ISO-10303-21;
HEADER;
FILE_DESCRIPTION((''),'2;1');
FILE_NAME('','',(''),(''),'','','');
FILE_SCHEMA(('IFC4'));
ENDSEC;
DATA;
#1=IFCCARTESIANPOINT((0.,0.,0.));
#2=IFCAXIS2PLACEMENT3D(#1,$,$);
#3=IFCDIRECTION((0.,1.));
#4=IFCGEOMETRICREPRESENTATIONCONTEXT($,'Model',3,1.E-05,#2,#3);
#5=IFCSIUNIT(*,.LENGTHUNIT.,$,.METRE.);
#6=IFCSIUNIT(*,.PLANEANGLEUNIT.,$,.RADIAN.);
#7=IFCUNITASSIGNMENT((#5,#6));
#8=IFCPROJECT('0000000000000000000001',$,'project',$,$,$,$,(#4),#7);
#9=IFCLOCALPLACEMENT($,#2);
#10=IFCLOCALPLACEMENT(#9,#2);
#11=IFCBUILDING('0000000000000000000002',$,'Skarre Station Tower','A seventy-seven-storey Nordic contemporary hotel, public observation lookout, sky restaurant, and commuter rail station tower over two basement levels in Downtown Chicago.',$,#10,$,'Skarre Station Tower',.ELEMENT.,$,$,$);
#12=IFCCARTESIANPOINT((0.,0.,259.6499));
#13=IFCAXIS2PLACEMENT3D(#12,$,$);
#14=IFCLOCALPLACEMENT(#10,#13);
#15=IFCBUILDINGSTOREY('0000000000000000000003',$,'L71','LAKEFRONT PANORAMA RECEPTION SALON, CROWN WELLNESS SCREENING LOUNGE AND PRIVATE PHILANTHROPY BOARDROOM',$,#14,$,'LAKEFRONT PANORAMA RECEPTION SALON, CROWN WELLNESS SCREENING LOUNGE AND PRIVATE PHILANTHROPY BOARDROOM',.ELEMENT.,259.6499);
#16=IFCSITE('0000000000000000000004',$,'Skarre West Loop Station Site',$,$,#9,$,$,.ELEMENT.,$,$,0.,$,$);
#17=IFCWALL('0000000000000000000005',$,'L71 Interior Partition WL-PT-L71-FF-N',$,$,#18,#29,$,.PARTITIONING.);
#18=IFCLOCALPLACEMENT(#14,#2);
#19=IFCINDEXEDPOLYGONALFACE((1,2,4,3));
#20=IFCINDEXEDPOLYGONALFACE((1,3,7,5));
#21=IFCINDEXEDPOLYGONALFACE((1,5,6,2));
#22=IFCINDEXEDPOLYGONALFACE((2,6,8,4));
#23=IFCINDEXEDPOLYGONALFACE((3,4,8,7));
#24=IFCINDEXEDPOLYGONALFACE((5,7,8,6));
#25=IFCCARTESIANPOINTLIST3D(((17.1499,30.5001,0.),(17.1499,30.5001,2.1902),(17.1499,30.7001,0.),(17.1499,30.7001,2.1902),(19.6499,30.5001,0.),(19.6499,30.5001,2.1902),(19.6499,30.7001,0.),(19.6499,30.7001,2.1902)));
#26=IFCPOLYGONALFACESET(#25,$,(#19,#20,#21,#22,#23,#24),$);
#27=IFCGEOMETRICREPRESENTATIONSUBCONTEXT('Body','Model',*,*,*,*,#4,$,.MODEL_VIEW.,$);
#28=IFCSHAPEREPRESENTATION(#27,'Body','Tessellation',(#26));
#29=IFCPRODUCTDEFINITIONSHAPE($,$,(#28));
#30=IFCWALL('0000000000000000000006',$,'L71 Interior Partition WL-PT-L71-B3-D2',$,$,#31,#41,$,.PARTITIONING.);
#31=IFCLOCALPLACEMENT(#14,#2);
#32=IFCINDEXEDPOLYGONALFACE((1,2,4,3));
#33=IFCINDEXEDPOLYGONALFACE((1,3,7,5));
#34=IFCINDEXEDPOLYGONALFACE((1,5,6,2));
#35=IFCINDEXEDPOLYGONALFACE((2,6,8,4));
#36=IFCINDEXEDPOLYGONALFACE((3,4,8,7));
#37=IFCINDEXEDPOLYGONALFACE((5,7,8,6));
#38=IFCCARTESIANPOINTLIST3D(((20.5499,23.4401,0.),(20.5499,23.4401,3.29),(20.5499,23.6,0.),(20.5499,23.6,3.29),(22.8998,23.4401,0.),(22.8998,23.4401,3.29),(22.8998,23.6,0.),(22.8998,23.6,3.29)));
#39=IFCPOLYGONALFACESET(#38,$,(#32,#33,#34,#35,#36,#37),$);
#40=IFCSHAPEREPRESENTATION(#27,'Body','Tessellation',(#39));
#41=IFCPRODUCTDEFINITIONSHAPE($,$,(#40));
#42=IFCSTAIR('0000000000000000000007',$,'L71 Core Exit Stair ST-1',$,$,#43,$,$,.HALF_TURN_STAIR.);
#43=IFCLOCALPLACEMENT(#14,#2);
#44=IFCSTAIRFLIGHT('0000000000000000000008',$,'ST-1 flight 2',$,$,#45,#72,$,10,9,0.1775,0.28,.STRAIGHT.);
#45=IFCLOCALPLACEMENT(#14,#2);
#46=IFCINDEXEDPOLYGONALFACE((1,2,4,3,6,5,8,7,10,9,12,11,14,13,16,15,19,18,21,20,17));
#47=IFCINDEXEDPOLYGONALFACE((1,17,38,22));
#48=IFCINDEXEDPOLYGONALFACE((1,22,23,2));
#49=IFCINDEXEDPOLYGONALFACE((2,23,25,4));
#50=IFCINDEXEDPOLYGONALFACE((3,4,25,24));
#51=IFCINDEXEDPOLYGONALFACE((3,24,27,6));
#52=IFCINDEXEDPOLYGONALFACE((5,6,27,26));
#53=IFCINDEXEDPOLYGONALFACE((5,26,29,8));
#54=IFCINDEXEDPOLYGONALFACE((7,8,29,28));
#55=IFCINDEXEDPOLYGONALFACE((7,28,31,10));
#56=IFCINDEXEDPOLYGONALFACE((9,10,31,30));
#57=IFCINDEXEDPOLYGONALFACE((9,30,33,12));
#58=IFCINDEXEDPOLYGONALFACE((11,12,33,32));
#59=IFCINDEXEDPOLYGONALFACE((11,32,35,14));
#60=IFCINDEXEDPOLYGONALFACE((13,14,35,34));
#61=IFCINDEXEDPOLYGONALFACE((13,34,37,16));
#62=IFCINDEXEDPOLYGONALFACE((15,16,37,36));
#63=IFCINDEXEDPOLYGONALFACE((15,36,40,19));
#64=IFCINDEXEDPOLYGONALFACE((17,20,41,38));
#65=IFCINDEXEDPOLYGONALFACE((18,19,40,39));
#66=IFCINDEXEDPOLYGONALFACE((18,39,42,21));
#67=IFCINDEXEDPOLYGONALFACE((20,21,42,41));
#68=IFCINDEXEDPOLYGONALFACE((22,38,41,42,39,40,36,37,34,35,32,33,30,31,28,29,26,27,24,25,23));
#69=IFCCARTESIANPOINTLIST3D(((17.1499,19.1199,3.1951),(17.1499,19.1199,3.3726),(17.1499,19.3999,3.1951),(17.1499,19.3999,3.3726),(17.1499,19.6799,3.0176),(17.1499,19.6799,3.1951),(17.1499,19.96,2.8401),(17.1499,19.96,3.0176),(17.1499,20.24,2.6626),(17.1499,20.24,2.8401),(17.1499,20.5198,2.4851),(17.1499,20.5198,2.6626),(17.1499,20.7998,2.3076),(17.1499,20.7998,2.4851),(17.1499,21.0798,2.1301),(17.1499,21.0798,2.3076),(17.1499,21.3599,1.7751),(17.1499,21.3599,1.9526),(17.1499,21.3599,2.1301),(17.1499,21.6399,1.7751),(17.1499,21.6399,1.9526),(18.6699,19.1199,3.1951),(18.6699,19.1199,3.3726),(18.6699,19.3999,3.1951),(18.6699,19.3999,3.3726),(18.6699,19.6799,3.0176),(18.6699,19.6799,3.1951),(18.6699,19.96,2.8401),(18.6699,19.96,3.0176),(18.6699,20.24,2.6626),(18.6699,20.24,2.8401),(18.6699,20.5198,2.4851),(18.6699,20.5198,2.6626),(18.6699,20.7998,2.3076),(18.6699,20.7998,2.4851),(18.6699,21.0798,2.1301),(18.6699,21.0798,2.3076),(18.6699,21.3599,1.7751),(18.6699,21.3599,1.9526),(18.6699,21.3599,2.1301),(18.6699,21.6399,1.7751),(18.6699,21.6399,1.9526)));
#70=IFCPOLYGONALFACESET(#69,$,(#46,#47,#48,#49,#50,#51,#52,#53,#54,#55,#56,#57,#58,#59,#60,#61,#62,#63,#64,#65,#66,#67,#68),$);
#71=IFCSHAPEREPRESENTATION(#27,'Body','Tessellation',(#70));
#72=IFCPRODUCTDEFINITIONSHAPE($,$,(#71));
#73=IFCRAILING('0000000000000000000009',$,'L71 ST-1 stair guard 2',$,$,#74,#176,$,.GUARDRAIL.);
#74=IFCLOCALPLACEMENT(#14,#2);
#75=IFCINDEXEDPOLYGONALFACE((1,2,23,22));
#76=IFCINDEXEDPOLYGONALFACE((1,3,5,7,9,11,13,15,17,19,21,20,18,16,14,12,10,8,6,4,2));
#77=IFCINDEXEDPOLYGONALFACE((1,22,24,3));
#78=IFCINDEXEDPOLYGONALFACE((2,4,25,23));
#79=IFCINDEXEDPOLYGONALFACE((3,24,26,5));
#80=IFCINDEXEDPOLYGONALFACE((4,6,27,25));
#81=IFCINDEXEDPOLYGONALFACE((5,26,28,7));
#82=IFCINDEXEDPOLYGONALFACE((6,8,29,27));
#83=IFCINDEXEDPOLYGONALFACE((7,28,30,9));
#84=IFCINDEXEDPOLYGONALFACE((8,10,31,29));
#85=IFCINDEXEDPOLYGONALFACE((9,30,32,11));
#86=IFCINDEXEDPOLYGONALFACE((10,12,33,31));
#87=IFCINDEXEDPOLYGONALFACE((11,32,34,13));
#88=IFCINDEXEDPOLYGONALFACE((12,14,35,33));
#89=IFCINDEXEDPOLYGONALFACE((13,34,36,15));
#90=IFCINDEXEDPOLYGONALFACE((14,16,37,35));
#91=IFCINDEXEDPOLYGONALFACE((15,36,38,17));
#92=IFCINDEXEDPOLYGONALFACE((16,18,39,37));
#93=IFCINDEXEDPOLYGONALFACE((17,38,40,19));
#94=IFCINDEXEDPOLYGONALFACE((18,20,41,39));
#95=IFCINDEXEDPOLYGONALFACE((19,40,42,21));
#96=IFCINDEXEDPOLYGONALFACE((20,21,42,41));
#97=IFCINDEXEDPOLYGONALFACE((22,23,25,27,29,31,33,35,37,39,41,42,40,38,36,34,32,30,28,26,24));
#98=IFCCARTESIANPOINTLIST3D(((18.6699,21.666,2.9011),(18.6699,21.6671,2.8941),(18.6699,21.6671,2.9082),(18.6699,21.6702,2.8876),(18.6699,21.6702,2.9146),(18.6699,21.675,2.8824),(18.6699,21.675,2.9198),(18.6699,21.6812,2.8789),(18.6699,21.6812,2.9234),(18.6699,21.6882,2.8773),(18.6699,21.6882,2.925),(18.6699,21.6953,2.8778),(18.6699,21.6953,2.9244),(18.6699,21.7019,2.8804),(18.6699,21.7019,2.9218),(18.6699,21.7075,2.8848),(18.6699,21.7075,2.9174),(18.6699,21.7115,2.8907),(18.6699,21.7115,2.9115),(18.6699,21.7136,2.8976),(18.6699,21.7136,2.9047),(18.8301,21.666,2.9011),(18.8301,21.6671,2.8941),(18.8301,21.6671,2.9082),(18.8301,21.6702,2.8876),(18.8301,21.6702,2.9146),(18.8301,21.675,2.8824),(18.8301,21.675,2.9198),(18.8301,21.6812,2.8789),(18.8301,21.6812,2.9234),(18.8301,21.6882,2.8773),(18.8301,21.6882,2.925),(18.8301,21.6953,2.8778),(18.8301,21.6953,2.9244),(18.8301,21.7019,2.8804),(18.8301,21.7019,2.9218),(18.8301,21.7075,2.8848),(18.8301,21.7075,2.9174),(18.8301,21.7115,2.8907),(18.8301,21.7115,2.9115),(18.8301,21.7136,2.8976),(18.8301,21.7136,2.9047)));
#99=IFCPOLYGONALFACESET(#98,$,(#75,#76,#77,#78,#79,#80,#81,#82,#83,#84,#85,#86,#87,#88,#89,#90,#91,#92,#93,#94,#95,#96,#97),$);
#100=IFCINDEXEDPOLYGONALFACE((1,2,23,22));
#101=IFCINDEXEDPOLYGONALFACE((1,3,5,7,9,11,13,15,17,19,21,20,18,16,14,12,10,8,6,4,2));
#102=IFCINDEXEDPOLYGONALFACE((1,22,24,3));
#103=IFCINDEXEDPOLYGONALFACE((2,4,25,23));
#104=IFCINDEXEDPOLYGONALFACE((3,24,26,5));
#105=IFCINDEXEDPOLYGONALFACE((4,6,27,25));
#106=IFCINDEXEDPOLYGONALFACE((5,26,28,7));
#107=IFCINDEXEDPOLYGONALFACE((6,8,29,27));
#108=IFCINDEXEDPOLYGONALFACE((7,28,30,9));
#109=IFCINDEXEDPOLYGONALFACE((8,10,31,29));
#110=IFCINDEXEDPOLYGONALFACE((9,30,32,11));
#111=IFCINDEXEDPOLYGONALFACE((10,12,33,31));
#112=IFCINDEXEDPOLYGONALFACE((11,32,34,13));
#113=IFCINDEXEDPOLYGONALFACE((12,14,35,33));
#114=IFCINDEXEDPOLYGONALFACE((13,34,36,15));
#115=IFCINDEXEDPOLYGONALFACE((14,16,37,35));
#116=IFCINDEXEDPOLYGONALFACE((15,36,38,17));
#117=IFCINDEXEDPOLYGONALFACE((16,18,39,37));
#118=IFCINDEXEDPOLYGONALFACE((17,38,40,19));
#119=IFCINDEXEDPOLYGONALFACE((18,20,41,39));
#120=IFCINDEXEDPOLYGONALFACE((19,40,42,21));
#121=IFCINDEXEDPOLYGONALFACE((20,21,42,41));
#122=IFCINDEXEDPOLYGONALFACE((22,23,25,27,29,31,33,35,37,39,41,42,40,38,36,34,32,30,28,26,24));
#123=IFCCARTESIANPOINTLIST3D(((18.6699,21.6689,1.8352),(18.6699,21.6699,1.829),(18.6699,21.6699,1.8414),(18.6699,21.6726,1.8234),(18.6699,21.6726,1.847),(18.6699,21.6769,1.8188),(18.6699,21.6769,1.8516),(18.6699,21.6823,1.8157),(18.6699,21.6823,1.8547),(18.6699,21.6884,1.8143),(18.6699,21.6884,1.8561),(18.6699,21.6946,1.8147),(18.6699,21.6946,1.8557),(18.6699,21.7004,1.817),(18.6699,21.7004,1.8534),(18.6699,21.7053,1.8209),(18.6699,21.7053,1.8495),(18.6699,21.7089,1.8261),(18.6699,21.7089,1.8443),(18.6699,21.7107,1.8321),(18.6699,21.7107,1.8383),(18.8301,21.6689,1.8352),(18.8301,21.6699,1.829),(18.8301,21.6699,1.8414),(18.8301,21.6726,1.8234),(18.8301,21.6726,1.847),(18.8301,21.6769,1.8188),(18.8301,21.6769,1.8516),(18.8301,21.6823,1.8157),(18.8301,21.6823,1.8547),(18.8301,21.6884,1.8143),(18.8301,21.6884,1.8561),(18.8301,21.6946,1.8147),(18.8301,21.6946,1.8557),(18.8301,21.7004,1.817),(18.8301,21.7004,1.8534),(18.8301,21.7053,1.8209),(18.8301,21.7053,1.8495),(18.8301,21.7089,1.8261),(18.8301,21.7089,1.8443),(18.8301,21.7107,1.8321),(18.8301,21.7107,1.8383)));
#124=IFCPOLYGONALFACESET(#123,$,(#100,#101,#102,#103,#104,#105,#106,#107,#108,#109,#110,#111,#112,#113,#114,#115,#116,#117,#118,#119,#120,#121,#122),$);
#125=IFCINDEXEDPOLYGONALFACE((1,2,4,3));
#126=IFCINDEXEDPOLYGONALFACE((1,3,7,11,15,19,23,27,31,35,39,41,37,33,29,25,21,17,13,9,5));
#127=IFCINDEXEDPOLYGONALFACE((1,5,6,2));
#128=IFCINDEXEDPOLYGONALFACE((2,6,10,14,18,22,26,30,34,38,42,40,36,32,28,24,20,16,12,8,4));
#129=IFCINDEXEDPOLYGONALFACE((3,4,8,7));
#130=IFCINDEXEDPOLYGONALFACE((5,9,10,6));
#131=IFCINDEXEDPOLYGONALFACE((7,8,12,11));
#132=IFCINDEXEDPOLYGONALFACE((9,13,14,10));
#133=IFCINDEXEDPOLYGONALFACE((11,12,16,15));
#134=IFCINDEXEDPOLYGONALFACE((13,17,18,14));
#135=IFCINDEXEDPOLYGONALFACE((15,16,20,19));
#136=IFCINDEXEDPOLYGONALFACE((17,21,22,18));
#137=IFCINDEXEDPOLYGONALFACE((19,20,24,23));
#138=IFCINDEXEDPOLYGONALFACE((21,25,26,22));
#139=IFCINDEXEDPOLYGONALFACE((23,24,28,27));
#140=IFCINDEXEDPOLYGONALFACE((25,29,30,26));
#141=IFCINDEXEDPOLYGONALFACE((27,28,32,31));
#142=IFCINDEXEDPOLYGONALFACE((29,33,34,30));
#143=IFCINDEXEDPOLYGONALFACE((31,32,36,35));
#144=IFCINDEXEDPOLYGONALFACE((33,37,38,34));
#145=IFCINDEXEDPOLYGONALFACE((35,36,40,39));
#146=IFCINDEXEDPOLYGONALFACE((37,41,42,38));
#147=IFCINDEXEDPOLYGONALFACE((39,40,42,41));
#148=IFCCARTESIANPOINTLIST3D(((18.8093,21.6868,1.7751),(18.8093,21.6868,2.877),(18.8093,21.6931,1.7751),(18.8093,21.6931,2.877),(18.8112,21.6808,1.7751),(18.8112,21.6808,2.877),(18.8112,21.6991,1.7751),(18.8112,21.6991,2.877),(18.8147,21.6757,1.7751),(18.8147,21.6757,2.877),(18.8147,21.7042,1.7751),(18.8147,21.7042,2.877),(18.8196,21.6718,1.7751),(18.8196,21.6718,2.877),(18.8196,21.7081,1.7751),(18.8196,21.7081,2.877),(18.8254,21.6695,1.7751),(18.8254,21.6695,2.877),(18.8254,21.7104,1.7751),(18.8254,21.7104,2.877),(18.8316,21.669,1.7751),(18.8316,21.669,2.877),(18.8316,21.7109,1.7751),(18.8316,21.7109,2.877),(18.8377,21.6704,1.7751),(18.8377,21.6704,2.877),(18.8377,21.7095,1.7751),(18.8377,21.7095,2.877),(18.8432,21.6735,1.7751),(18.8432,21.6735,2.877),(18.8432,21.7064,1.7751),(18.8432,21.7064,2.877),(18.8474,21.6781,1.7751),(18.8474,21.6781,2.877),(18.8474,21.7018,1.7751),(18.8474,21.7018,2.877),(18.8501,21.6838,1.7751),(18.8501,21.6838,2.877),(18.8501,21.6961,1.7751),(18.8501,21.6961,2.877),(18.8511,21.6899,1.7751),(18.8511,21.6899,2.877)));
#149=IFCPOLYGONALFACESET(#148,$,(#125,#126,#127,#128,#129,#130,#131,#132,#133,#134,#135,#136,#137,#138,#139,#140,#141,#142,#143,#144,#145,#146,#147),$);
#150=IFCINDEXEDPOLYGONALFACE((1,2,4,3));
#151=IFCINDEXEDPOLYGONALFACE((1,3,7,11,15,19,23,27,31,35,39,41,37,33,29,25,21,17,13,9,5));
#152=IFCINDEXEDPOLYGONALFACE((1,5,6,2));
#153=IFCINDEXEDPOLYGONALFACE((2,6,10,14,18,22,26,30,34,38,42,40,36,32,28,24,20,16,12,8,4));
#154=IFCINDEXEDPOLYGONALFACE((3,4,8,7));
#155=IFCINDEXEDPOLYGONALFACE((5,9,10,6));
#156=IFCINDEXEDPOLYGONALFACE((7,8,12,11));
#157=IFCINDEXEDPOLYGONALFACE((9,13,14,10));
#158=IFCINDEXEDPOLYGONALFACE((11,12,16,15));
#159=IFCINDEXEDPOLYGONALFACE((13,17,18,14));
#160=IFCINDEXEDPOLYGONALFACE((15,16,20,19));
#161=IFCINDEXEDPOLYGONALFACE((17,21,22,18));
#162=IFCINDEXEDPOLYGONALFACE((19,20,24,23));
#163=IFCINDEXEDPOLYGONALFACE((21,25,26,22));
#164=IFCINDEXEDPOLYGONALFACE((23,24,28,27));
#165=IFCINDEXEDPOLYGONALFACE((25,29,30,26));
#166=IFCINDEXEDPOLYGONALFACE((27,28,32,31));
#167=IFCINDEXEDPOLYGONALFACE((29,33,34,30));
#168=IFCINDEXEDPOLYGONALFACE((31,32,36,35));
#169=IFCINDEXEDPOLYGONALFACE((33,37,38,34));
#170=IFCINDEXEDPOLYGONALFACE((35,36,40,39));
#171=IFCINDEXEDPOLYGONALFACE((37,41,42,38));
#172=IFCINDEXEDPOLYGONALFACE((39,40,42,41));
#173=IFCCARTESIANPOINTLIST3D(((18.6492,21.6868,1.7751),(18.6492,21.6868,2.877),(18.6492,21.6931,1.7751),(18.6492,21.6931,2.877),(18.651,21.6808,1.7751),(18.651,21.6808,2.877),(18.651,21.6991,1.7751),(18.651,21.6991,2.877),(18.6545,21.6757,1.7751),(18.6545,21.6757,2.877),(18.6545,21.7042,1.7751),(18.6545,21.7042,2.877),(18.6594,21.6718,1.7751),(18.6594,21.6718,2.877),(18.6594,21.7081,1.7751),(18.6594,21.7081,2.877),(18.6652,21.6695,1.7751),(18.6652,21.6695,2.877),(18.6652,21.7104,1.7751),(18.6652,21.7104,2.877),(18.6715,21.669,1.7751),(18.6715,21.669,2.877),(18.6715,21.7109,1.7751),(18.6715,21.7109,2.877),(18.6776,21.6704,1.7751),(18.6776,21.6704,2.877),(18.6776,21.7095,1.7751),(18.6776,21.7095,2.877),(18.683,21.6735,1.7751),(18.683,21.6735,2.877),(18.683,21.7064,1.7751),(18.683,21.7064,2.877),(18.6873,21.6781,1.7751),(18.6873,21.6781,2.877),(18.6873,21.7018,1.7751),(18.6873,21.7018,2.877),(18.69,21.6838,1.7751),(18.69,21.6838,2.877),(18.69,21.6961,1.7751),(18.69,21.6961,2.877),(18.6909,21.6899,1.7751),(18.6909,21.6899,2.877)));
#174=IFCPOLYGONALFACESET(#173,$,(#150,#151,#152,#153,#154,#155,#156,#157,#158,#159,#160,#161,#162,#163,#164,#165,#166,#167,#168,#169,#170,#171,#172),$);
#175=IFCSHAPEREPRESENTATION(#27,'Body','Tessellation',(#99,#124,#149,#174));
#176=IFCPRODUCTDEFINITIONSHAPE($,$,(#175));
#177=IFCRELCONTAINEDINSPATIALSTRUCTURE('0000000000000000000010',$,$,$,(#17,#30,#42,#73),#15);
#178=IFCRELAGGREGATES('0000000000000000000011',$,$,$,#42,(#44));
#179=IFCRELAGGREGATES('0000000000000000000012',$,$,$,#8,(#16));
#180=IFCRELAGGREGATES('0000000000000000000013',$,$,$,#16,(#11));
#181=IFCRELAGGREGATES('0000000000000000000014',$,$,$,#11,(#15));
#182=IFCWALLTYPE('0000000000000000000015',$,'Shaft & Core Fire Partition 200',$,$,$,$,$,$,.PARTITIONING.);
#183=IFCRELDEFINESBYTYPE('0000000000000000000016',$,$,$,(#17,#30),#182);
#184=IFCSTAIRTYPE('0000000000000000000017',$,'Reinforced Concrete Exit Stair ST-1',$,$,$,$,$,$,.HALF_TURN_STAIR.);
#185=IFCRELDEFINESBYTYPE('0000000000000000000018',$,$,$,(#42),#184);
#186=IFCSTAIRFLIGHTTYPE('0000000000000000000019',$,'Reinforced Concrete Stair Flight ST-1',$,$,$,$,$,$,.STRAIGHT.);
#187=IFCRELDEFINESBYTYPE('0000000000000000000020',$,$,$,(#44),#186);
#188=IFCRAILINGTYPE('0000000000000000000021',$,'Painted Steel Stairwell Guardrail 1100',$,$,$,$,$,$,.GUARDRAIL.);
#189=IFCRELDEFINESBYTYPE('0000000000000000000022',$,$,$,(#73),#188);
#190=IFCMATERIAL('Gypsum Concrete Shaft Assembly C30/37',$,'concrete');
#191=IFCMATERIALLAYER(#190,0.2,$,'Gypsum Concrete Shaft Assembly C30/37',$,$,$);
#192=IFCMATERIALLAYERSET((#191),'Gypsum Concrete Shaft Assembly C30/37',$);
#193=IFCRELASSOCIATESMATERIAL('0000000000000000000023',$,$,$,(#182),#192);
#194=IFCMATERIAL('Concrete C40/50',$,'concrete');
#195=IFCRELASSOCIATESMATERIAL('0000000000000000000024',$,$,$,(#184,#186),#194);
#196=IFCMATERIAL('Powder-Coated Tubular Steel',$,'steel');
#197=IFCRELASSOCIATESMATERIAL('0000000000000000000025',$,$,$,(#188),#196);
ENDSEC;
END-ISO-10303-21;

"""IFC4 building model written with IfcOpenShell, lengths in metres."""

from ifc_helpers import new_model, si_unit, direction, frame, frame_2d, origin, origin_2d, place, context, subcontext, project, spatial, polyline, rectangle, circle, outline, extrude, material, layer, layer_set, type_object, element, aggregate, save


model = new_model("IFC4")

# Units and contexts
model_context = context("Model", 3, precision=1e-05, world=origin(), true_north=direction((0.0, 1.0)))
body_context = subcontext(model_context, "Body", "Model", "MODEL_VIEW")
ifc_project = project(units=[si_unit("LENGTHUNIT", "METRE"), si_unit("PLANEANGLEUNIT", "RADIAN")], contexts=[model_context])

# Site, building, storey
site_placement = place(None, origin())
site = spatial("IfcSite", under=ifc_project, at=site_placement, Name="Skarre West Loop Station Site", CompositionType="ELEMENT", RefElevation=0.0)
building_placement = place(site_placement, origin())
building = spatial("IfcBuilding", under=site, at=building_placement, Name="Skarre Station Tower", Description="A seventy-seven-storey Nordic contemporary hotel, public observation lookout, sky restaurant, and commuter rail station tower over two basement levels in Downtown Chicago.", LongName="Skarre Station Tower", CompositionType="ELEMENT")
storey_placement = place(building_placement, frame((0.0, 0.0, 259.6499)))
storey = spatial("IfcBuildingStorey", under=building, at=storey_placement, Name="L71", Description="LAKEFRONT PANORAMA RECEPTION SALON, CROWN WELLNESS SCREENING LOUNGE AND PRIVATE PHILANTHROPY BOARDROOM", LongName="LAKEFRONT PANORAMA RECEPTION SALON, CROWN WELLNESS SCREENING LOUNGE AND PRIVATE PHILANTHROPY BOARDROOM", CompositionType="ELEMENT", Elevation=259.6499)

# Shared definitions
ifc_material_1 = material(Name="Gypsum Concrete Shaft Assembly C30/37", Category="concrete")
ifc_layer_1 = layer(ifc_material_1, 0.2, Name="Gypsum Concrete Shaft Assembly C30/37")
ifc_layer_set_1 = layer_set([ifc_layer_1], Name="Gypsum Concrete Shaft Assembly C30/37")
wall_type_1 = type_object("IfcWallType", Name="Shaft & Core Fire Partition 200", PredefinedType="PARTITIONING", material=ifc_layer_set_1)

# Walls
wall_1_placement = place(storey_placement, frame((19.6499, 30.6001, 0.0), z_axis=(0.0, 0.0, 1.0), x_axis=(-1.0, 0.0, 0.0)))
element("IfcWall", 1, at=wall_1_placement, inside=storey, type_object=wall_type_1, Name="L71 Interior Partition WL-PT-L71-FF-N", PredefinedType="PARTITIONING", context=body_context, shape_type="SweptSolid", body=[
    extrude(rectangle(XDim=2.5, YDim=0.2, at=frame_2d((1.25, 0.0))), origin(), (0.0, 0.0, 1.0), 2.1902),
])
wall_2_placement = place(storey_placement, frame((20.55, 23.52, 0.0), z_axis=(0.0, 0.0, 1.0), x_axis=(1.0, 0.0, 0.0)))
element("IfcWall", 2, at=wall_2_placement, inside=storey, type_object=wall_type_1, Name="L71 Interior Partition WL-PT-L71-B3-D2", PredefinedType="PARTITIONING", context=body_context, shape_type="SweptSolid", body=[
    extrude(rectangle(XDim=2.3499, YDim=0.1599, at=frame_2d((1.1748, 0.0))), origin(), (0.0, 0.0, 1.0), 3.29),
])

# Stair, stair flight
ifc_material_2 = material(Name="Concrete C40/50", Category="concrete")
stair_type = type_object("IfcStairType", Name="Reinforced Concrete Exit Stair ST-1", PredefinedType="HALF_TURN_STAIR", material=ifc_material_2)
stair_placement = place(storey_placement, origin())
stair = element("IfcStair", 3, at=stair_placement, inside=storey, type_object=stair_type, Name="L71 Core Exit Stair ST-1", PredefinedType="HALF_TURN_STAIR")
stair_flight_type = type_object("IfcStairFlightType", Name="Reinforced Concrete Stair Flight ST-1", PredefinedType="STRAIGHT", material=ifc_material_2)
stair_flight_placement = place(storey_placement, frame((17.9099, 21.6399, 1.7751), z_axis=(0.0, 0.0, 1.0), x_axis=(0.0, -1.0, 0.0)))
stair_flight = element("IfcStairFlight", 4, at=stair_flight_placement, type_object=stair_flight_type, Name="ST-1 flight 2", NumberOfRisers=10, NumberOfTreads=9, PredefinedType="STRAIGHT", RiserHeight=0.1775, TreadLength=0.28, context=body_context, shape_type="SweptSolid", body=[
    extrude(outline(polyline([(0.0, 0.0), (0.0, 0.1775), (0.28, 0.1775), (0.28, 0.355), (0.5601, 0.355), (0.5601, 0.5325), (0.8401, 0.5325), (0.8401, 0.71), (1.1201, 0.71), (1.1201, 0.8875), (1.3999, 0.8875), (1.3999, 1.0649), (1.6799, 1.0649), (1.6799, 1.2424), (1.96, 1.2424), (1.96, 1.4199), (2.24, 1.4199), (2.24, 1.5974), (2.52, 1.5974), (2.52, 1.7749), (2.52, 1.4199), (0.28, 0.0), (0.0, 0.0)])), frame((0.0, 0.76, 0.0), z_axis=(0.0, -1.0, 0.0), x_axis=(1.0, 0.0, 0.0)), (0.0, 0.0, 1.0), 1.52),
])
aggregate(stair, [stair_flight])

# Railing
ifc_material_3 = material(Name="Powder-Coated Tubular Steel", Category="steel")
railing_type = type_object("IfcRailingType", Name="Painted Steel Stairwell Guardrail 1100", PredefinedType="GUARDRAIL", material=ifc_material_3)
railing_1_placement = place(storey_placement, frame((18.8301, 21.6899, 1.7751)))
element("IfcRailing", 5, at=railing_1_placement, inside=storey, type_object=railing_type, Name="L71 ST-1 stair guard 2", PredefinedType="GUARDRAIL", context=body_context, shape_type="SweptSolid", body=[
    extrude(circle(Radius=0.0239, at=origin_2d()), frame((0.0, 0.0, 1.126), z_axis=(-1.0, 0.0, 0.0), x_axis=(0.0, -1.0, 0.0)), (0.0, 0.0, 1.0), 0.1602),
    extrude(circle(Radius=0.021, at=origin_2d()), frame((0.0, 0.0, 0.0601), z_axis=(-1.0, 0.0, 0.0), x_axis=(0.0, -1.0, 0.0)), (0.0, 0.0, 1.0), 0.1602),
    extrude(circle(Radius=0.021, at=origin_2d()), origin(), (0.0, 0.0, 1.0), 1.1018),
    extrude(circle(Radius=0.021, at=origin_2d()), frame((-0.1602, 0.0, 0.0)), (0.0, 0.0, 1.0), 1.1018),
])

save(model, "model.ifc")
